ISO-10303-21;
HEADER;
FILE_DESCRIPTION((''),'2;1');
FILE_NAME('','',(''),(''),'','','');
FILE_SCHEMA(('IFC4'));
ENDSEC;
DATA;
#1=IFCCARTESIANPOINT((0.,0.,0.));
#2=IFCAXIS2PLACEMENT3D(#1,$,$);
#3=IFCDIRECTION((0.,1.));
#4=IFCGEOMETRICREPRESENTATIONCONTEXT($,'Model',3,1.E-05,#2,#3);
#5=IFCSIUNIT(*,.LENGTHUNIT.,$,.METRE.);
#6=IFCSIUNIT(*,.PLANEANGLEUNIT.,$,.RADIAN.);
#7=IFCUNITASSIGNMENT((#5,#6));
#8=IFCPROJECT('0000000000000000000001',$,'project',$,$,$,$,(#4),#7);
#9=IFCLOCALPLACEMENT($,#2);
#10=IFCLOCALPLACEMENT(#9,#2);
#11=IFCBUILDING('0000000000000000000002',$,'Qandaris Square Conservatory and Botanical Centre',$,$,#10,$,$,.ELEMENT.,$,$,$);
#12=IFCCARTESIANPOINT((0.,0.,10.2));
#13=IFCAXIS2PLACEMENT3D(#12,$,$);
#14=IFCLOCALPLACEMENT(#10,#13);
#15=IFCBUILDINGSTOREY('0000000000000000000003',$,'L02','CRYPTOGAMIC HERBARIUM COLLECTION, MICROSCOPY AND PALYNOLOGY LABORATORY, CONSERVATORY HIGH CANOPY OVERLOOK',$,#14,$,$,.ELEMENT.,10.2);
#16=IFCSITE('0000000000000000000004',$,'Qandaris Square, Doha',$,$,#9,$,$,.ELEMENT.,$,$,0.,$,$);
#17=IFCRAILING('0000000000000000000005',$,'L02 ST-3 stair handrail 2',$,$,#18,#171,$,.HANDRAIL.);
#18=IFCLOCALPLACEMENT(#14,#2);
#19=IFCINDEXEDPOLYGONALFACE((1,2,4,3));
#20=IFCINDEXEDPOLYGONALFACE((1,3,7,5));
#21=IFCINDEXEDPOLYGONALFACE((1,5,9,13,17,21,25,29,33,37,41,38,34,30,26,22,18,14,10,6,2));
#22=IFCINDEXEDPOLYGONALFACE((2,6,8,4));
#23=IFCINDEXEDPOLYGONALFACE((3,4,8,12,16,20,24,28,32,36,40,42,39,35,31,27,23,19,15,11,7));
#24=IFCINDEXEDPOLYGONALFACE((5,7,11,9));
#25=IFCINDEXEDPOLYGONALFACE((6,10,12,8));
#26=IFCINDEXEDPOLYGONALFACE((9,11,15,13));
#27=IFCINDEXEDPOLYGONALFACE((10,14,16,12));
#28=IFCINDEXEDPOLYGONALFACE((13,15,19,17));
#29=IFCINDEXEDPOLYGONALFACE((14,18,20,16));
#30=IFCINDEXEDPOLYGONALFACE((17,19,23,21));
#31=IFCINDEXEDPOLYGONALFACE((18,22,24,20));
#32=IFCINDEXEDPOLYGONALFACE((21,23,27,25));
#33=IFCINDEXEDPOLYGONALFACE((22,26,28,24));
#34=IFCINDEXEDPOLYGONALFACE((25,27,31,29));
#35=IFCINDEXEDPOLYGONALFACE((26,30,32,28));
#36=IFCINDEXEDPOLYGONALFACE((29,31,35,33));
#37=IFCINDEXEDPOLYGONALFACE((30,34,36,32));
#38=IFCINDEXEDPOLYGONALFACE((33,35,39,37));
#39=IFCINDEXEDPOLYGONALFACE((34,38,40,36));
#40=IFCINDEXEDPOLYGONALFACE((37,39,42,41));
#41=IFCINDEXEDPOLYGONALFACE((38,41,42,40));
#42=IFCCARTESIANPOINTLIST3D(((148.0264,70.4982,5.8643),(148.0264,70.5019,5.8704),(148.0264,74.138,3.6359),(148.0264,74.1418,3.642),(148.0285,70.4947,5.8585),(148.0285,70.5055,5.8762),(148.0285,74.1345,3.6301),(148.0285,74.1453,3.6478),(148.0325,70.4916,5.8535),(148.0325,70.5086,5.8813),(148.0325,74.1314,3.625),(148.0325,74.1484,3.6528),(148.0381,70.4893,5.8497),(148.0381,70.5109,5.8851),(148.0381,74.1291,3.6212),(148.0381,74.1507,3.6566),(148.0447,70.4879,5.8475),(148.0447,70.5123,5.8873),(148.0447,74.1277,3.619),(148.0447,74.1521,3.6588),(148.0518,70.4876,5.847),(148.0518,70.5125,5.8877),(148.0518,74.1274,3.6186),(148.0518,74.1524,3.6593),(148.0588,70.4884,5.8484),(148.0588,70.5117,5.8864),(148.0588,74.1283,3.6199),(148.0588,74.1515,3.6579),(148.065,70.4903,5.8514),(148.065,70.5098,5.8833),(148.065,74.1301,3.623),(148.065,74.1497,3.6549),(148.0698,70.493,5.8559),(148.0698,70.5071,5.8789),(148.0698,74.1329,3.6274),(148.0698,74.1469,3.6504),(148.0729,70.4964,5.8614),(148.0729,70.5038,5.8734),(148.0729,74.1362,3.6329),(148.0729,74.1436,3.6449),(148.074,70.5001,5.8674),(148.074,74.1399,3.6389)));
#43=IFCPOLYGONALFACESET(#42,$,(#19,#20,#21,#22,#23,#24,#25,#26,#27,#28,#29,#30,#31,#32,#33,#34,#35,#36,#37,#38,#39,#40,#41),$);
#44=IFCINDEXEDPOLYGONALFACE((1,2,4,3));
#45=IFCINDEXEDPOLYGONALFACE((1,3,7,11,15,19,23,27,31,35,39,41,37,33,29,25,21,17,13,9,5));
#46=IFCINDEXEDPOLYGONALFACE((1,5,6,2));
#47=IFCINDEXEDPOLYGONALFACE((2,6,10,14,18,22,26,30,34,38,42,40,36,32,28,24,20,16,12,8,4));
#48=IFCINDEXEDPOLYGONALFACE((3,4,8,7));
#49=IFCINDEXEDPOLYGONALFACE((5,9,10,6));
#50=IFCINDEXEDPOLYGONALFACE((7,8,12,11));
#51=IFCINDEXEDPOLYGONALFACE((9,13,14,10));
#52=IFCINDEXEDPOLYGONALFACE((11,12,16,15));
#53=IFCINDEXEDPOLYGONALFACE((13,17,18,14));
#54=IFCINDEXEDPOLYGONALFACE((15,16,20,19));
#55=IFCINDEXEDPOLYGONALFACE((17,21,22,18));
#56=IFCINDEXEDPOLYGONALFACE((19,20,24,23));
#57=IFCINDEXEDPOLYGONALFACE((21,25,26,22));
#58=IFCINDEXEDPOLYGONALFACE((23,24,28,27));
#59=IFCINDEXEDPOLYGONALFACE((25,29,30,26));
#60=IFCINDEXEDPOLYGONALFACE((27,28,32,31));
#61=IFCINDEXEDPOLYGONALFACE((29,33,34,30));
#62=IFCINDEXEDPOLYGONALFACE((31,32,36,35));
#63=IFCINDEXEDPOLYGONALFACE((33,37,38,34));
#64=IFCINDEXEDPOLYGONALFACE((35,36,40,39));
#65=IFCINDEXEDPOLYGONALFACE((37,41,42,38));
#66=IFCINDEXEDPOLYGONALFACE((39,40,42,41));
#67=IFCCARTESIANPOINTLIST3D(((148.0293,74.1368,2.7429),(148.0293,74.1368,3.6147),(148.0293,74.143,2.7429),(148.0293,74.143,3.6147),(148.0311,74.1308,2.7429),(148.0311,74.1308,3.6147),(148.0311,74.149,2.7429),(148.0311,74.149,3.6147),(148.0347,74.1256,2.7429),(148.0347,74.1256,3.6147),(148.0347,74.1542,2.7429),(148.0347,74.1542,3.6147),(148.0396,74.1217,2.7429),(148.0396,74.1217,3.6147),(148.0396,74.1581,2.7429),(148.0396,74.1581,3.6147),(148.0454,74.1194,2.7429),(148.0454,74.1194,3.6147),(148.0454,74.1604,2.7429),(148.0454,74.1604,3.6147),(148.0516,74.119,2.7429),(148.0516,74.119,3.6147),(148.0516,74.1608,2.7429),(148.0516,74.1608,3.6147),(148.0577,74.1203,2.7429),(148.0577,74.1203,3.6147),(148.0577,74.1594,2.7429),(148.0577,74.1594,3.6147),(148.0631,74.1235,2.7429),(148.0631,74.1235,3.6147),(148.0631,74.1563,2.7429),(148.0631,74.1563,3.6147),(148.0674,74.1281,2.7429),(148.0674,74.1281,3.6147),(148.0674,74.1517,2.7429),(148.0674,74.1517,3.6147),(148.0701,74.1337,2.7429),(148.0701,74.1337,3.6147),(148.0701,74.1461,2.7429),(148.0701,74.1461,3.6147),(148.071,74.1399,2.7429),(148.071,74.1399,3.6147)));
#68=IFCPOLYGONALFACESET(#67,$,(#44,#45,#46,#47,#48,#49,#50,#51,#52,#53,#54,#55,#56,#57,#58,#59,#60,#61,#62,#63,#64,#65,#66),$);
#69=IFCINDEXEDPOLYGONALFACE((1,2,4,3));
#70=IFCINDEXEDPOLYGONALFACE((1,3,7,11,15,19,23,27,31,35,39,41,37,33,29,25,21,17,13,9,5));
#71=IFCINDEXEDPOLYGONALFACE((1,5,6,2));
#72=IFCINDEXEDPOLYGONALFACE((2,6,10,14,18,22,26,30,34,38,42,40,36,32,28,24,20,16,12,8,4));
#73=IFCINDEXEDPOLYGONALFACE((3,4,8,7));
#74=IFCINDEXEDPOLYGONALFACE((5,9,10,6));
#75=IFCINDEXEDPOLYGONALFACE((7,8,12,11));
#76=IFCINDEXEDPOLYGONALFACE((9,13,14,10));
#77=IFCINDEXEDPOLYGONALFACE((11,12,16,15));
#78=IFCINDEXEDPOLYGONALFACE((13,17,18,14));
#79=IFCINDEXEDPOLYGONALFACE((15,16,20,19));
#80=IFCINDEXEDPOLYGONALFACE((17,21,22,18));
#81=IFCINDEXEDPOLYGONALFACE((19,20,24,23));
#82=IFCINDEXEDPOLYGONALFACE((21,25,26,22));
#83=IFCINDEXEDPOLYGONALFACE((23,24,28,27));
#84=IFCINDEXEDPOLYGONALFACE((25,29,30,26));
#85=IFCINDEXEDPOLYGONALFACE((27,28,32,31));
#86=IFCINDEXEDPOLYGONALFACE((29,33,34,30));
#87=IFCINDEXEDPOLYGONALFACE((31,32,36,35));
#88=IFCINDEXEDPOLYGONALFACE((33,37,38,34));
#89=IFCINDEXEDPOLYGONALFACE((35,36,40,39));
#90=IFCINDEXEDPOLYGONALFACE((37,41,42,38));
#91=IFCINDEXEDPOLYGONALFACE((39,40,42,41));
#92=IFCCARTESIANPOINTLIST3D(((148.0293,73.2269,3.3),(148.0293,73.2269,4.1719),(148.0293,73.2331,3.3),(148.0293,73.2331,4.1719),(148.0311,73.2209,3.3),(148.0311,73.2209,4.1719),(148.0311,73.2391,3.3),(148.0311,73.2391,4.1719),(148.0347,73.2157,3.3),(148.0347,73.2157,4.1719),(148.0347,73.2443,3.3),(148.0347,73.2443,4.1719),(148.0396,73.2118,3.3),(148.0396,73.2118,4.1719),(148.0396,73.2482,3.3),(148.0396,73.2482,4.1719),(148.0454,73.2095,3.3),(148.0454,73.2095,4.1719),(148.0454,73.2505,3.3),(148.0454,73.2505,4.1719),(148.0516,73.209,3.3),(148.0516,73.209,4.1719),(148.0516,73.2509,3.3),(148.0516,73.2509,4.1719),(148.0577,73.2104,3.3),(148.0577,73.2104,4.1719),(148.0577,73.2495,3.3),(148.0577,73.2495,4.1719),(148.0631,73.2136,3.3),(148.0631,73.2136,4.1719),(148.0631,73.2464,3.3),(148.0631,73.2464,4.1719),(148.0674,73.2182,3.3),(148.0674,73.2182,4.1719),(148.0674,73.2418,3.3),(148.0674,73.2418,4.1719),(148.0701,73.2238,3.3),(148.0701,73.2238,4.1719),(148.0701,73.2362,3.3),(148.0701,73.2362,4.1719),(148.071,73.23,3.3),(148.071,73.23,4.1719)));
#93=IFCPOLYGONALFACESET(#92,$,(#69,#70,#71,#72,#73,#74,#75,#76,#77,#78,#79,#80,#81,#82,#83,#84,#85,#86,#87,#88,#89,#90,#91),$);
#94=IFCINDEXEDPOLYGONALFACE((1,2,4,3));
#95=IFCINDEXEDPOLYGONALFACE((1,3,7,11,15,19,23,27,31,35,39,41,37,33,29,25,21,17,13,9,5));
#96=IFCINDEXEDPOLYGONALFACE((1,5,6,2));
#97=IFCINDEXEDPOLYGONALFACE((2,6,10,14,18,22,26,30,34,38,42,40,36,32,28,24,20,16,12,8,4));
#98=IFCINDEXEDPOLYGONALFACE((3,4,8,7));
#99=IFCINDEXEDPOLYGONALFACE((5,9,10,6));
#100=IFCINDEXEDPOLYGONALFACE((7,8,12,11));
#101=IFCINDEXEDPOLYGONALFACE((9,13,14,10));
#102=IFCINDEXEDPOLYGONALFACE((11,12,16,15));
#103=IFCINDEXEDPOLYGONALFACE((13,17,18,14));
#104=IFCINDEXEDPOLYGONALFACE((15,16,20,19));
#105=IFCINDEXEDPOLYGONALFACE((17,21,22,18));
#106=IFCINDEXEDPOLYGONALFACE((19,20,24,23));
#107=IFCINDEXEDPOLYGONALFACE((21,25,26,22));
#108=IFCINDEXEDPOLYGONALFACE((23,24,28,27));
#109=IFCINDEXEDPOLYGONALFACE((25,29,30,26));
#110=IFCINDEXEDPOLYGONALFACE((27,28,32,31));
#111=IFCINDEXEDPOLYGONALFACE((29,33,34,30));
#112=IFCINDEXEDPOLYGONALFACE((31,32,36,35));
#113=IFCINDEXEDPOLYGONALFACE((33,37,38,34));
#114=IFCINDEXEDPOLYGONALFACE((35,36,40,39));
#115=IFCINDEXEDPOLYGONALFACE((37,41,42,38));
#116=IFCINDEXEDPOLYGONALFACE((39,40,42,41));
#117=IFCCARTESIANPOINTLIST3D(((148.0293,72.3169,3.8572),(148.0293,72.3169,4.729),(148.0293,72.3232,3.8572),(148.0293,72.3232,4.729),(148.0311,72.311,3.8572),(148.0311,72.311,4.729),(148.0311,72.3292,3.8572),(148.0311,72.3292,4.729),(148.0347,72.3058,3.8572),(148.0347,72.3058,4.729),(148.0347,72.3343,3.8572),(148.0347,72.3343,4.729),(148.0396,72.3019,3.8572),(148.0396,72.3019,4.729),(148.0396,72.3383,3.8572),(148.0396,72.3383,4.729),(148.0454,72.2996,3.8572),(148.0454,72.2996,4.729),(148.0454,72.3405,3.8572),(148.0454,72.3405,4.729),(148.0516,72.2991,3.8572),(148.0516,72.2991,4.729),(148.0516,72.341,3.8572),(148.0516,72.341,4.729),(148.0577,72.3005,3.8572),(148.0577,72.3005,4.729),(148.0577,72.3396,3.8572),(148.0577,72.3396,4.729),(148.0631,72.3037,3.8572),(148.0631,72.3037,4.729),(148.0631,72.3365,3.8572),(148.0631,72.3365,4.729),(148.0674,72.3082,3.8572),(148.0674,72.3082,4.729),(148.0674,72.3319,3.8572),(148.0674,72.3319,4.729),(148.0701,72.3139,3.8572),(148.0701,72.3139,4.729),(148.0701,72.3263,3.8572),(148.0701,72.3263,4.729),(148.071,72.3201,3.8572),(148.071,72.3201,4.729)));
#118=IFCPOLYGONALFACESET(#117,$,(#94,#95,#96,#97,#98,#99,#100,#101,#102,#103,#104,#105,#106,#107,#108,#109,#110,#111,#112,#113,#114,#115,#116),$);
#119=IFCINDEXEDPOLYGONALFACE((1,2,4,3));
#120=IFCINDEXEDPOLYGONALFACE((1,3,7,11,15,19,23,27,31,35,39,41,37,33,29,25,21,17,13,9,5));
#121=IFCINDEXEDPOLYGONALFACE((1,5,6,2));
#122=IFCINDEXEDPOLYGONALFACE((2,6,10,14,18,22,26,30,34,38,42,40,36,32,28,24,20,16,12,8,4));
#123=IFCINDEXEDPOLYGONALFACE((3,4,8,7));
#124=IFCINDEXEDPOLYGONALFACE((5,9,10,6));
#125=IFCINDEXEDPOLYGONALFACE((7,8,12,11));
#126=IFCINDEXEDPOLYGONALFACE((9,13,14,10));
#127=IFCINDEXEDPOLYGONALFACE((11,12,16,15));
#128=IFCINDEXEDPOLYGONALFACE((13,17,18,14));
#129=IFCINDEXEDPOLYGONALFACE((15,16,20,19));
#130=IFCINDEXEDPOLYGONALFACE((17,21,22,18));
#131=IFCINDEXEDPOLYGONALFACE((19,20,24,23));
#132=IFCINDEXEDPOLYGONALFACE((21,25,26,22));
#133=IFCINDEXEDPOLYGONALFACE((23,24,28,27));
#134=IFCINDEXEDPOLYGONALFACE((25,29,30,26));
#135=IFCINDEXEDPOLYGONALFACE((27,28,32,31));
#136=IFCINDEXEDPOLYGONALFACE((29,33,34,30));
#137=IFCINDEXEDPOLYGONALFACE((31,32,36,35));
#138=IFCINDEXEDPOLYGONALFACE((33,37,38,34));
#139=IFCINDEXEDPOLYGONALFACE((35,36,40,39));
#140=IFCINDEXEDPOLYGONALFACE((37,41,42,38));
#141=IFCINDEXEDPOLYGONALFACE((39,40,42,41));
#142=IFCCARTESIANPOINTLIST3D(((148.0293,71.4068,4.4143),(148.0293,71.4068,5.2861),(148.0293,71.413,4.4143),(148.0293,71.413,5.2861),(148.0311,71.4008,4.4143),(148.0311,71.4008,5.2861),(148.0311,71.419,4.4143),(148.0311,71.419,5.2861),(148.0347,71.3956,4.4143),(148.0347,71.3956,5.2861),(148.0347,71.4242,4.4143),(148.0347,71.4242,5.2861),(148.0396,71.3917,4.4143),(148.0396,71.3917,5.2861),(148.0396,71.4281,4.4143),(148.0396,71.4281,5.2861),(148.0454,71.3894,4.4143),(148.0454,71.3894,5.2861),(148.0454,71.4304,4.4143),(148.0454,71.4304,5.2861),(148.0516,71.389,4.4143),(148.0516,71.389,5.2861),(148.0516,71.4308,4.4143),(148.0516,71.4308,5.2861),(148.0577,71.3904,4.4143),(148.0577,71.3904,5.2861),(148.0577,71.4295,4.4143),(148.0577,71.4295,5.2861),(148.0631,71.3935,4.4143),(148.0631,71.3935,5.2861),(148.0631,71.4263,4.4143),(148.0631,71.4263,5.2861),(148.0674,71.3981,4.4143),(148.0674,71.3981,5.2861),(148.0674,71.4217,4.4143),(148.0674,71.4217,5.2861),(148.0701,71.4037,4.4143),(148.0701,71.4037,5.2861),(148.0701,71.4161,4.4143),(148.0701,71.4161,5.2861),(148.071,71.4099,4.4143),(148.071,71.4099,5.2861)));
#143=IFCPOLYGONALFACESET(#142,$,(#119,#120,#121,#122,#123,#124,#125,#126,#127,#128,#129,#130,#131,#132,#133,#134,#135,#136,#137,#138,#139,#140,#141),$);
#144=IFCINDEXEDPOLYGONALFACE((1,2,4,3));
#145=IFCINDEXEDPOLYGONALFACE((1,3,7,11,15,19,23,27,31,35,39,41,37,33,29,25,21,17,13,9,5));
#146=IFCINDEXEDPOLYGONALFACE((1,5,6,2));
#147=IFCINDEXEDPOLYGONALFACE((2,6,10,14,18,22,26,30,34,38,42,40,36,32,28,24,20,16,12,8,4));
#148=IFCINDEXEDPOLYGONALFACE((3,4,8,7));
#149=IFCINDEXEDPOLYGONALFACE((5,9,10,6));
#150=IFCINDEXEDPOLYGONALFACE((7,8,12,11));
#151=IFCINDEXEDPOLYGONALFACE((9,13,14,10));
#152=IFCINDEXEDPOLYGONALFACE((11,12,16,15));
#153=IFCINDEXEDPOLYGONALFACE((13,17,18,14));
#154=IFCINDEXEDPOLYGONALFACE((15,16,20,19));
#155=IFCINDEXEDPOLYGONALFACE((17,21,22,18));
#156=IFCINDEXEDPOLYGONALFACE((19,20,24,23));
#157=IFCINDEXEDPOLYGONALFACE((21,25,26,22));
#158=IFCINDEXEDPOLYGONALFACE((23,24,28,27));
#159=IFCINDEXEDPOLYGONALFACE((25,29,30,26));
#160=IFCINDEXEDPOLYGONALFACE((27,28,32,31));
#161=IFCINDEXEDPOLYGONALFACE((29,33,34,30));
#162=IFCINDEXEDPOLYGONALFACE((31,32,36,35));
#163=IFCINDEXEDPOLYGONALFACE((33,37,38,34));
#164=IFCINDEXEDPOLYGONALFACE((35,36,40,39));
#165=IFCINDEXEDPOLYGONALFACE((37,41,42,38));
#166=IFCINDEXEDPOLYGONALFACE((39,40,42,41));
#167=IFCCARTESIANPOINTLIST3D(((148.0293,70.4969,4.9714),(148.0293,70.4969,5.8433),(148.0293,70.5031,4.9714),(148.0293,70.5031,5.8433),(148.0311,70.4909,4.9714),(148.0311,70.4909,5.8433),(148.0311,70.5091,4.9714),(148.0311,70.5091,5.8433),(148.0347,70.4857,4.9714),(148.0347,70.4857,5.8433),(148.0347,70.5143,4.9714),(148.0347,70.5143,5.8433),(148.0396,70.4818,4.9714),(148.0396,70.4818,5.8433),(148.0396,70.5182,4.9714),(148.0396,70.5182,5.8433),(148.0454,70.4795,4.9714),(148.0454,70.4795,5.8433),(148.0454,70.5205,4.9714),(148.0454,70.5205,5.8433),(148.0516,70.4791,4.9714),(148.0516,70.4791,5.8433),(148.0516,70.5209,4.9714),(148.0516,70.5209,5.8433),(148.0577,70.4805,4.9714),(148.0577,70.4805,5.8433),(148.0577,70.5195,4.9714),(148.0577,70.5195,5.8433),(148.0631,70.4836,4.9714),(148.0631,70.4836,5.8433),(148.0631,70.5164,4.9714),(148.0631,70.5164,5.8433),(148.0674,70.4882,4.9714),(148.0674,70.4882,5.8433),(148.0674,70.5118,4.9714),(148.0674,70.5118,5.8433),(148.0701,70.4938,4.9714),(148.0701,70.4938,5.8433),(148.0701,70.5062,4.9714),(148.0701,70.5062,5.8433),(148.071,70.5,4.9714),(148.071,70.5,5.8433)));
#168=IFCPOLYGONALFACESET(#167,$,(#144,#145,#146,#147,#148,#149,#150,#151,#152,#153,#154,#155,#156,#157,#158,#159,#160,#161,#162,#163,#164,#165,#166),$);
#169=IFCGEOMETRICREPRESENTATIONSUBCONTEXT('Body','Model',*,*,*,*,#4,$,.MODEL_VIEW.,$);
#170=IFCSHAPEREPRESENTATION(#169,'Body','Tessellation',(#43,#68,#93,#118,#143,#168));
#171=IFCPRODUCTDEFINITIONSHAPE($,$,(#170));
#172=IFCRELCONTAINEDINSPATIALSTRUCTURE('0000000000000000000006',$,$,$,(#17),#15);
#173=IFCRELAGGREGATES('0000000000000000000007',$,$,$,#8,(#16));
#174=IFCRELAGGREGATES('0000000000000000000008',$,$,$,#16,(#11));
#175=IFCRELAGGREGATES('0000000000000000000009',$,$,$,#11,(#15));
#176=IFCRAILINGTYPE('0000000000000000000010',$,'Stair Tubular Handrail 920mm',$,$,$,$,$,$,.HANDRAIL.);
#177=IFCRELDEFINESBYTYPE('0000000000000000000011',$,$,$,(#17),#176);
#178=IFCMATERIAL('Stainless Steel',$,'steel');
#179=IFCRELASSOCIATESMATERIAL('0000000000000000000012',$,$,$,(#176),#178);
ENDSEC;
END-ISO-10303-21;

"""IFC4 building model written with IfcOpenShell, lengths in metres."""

from ifc_helpers import new_model, si_unit, direction, frame, origin, origin_2d, place, context, subcontext, project, spatial, circle, extrude, material, type_object, element, save


model = new_model("IFC4")

# Units and contexts
model_context = context("Model", 3, precision=1e-05, world=origin(), true_north=direction((0.0, 1.0)))
body_context = subcontext(model_context, "Body", "Model", "MODEL_VIEW")
ifc_project = project(units=[si_unit("LENGTHUNIT", "METRE"), si_unit("PLANEANGLEUNIT", "RADIAN")], contexts=[model_context])

# Site, building, storey
site_placement = place(None, origin())
site = spatial("IfcSite", under=ifc_project, at=site_placement, Name="Qandaris Square, Doha", CompositionType="ELEMENT", RefElevation=0.0)
building_placement = place(site_placement, origin())
building = spatial("IfcBuilding", under=site, at=building_placement, Name="Qandaris Square Conservatory and Botanical Centre", CompositionType="ELEMENT")
storey_placement = place(building_placement, frame((0.0, 0.0, 10.2)))
storey = spatial("IfcBuildingStorey", under=building, at=storey_placement, Name="L02", Description="CRYPTOGAMIC HERBARIUM COLLECTION, MICROSCOPY AND PALYNOLOGY LABORATORY, CONSERVATORY HIGH CANOPY OVERLOOK", CompositionType="ELEMENT", Elevation=10.2)

# Railing
ifc_material_1 = material(Name="Stainless Steel", Category="steel")
railing_type_1 = type_object("IfcRailingType", Name="Stair Tubular Handrail 920mm", PredefinedType="HANDRAIL", material=ifc_material_1)
railing_1_placement = place(storey_placement, frame((148.05, 74.1399, 2.7429)))
element("IfcRailing", 1, at=railing_1_placement, inside=storey, type_object=railing_type_1, Name="L02 ST-3 stair handrail 2", PredefinedType="HANDRAIL", context=body_context, shape_type="SweptSolid", body=[
    extrude(circle(Radius=0.0239, at=origin_2d()), frame((0.0, 0.0, 0.896), z_axis=(0.0, -0.85285, 0.522156), x_axis=(1.0, 0.0, 0.0)), (0.0, 0.0, 1.0), 4.2678),
    extrude(circle(Radius=0.021, at=origin_2d()), origin(), (0.0, 0.0, 1.0), 0.8718),
    extrude(circle(Radius=0.021, at=origin_2d()), frame((0.0, -0.9099, 0.5571)), (0.0, 0.0, 1.0), 0.8718),
    extrude(circle(Radius=0.021, at=origin_2d()), frame((0.0, -1.8198, 1.1143)), (0.0, 0.0, 1.0), 0.8718),
    extrude(circle(Radius=0.021, at=origin_2d()), frame((0.0, -2.73, 1.6714)), (0.0, 0.0, 1.0), 0.8718),
    extrude(circle(Radius=0.021, at=origin_2d()), frame((0.0, -3.6399, 2.2285)), (0.0, 0.0, 1.0), 0.8718),
])

save(model, "model.ifc")
